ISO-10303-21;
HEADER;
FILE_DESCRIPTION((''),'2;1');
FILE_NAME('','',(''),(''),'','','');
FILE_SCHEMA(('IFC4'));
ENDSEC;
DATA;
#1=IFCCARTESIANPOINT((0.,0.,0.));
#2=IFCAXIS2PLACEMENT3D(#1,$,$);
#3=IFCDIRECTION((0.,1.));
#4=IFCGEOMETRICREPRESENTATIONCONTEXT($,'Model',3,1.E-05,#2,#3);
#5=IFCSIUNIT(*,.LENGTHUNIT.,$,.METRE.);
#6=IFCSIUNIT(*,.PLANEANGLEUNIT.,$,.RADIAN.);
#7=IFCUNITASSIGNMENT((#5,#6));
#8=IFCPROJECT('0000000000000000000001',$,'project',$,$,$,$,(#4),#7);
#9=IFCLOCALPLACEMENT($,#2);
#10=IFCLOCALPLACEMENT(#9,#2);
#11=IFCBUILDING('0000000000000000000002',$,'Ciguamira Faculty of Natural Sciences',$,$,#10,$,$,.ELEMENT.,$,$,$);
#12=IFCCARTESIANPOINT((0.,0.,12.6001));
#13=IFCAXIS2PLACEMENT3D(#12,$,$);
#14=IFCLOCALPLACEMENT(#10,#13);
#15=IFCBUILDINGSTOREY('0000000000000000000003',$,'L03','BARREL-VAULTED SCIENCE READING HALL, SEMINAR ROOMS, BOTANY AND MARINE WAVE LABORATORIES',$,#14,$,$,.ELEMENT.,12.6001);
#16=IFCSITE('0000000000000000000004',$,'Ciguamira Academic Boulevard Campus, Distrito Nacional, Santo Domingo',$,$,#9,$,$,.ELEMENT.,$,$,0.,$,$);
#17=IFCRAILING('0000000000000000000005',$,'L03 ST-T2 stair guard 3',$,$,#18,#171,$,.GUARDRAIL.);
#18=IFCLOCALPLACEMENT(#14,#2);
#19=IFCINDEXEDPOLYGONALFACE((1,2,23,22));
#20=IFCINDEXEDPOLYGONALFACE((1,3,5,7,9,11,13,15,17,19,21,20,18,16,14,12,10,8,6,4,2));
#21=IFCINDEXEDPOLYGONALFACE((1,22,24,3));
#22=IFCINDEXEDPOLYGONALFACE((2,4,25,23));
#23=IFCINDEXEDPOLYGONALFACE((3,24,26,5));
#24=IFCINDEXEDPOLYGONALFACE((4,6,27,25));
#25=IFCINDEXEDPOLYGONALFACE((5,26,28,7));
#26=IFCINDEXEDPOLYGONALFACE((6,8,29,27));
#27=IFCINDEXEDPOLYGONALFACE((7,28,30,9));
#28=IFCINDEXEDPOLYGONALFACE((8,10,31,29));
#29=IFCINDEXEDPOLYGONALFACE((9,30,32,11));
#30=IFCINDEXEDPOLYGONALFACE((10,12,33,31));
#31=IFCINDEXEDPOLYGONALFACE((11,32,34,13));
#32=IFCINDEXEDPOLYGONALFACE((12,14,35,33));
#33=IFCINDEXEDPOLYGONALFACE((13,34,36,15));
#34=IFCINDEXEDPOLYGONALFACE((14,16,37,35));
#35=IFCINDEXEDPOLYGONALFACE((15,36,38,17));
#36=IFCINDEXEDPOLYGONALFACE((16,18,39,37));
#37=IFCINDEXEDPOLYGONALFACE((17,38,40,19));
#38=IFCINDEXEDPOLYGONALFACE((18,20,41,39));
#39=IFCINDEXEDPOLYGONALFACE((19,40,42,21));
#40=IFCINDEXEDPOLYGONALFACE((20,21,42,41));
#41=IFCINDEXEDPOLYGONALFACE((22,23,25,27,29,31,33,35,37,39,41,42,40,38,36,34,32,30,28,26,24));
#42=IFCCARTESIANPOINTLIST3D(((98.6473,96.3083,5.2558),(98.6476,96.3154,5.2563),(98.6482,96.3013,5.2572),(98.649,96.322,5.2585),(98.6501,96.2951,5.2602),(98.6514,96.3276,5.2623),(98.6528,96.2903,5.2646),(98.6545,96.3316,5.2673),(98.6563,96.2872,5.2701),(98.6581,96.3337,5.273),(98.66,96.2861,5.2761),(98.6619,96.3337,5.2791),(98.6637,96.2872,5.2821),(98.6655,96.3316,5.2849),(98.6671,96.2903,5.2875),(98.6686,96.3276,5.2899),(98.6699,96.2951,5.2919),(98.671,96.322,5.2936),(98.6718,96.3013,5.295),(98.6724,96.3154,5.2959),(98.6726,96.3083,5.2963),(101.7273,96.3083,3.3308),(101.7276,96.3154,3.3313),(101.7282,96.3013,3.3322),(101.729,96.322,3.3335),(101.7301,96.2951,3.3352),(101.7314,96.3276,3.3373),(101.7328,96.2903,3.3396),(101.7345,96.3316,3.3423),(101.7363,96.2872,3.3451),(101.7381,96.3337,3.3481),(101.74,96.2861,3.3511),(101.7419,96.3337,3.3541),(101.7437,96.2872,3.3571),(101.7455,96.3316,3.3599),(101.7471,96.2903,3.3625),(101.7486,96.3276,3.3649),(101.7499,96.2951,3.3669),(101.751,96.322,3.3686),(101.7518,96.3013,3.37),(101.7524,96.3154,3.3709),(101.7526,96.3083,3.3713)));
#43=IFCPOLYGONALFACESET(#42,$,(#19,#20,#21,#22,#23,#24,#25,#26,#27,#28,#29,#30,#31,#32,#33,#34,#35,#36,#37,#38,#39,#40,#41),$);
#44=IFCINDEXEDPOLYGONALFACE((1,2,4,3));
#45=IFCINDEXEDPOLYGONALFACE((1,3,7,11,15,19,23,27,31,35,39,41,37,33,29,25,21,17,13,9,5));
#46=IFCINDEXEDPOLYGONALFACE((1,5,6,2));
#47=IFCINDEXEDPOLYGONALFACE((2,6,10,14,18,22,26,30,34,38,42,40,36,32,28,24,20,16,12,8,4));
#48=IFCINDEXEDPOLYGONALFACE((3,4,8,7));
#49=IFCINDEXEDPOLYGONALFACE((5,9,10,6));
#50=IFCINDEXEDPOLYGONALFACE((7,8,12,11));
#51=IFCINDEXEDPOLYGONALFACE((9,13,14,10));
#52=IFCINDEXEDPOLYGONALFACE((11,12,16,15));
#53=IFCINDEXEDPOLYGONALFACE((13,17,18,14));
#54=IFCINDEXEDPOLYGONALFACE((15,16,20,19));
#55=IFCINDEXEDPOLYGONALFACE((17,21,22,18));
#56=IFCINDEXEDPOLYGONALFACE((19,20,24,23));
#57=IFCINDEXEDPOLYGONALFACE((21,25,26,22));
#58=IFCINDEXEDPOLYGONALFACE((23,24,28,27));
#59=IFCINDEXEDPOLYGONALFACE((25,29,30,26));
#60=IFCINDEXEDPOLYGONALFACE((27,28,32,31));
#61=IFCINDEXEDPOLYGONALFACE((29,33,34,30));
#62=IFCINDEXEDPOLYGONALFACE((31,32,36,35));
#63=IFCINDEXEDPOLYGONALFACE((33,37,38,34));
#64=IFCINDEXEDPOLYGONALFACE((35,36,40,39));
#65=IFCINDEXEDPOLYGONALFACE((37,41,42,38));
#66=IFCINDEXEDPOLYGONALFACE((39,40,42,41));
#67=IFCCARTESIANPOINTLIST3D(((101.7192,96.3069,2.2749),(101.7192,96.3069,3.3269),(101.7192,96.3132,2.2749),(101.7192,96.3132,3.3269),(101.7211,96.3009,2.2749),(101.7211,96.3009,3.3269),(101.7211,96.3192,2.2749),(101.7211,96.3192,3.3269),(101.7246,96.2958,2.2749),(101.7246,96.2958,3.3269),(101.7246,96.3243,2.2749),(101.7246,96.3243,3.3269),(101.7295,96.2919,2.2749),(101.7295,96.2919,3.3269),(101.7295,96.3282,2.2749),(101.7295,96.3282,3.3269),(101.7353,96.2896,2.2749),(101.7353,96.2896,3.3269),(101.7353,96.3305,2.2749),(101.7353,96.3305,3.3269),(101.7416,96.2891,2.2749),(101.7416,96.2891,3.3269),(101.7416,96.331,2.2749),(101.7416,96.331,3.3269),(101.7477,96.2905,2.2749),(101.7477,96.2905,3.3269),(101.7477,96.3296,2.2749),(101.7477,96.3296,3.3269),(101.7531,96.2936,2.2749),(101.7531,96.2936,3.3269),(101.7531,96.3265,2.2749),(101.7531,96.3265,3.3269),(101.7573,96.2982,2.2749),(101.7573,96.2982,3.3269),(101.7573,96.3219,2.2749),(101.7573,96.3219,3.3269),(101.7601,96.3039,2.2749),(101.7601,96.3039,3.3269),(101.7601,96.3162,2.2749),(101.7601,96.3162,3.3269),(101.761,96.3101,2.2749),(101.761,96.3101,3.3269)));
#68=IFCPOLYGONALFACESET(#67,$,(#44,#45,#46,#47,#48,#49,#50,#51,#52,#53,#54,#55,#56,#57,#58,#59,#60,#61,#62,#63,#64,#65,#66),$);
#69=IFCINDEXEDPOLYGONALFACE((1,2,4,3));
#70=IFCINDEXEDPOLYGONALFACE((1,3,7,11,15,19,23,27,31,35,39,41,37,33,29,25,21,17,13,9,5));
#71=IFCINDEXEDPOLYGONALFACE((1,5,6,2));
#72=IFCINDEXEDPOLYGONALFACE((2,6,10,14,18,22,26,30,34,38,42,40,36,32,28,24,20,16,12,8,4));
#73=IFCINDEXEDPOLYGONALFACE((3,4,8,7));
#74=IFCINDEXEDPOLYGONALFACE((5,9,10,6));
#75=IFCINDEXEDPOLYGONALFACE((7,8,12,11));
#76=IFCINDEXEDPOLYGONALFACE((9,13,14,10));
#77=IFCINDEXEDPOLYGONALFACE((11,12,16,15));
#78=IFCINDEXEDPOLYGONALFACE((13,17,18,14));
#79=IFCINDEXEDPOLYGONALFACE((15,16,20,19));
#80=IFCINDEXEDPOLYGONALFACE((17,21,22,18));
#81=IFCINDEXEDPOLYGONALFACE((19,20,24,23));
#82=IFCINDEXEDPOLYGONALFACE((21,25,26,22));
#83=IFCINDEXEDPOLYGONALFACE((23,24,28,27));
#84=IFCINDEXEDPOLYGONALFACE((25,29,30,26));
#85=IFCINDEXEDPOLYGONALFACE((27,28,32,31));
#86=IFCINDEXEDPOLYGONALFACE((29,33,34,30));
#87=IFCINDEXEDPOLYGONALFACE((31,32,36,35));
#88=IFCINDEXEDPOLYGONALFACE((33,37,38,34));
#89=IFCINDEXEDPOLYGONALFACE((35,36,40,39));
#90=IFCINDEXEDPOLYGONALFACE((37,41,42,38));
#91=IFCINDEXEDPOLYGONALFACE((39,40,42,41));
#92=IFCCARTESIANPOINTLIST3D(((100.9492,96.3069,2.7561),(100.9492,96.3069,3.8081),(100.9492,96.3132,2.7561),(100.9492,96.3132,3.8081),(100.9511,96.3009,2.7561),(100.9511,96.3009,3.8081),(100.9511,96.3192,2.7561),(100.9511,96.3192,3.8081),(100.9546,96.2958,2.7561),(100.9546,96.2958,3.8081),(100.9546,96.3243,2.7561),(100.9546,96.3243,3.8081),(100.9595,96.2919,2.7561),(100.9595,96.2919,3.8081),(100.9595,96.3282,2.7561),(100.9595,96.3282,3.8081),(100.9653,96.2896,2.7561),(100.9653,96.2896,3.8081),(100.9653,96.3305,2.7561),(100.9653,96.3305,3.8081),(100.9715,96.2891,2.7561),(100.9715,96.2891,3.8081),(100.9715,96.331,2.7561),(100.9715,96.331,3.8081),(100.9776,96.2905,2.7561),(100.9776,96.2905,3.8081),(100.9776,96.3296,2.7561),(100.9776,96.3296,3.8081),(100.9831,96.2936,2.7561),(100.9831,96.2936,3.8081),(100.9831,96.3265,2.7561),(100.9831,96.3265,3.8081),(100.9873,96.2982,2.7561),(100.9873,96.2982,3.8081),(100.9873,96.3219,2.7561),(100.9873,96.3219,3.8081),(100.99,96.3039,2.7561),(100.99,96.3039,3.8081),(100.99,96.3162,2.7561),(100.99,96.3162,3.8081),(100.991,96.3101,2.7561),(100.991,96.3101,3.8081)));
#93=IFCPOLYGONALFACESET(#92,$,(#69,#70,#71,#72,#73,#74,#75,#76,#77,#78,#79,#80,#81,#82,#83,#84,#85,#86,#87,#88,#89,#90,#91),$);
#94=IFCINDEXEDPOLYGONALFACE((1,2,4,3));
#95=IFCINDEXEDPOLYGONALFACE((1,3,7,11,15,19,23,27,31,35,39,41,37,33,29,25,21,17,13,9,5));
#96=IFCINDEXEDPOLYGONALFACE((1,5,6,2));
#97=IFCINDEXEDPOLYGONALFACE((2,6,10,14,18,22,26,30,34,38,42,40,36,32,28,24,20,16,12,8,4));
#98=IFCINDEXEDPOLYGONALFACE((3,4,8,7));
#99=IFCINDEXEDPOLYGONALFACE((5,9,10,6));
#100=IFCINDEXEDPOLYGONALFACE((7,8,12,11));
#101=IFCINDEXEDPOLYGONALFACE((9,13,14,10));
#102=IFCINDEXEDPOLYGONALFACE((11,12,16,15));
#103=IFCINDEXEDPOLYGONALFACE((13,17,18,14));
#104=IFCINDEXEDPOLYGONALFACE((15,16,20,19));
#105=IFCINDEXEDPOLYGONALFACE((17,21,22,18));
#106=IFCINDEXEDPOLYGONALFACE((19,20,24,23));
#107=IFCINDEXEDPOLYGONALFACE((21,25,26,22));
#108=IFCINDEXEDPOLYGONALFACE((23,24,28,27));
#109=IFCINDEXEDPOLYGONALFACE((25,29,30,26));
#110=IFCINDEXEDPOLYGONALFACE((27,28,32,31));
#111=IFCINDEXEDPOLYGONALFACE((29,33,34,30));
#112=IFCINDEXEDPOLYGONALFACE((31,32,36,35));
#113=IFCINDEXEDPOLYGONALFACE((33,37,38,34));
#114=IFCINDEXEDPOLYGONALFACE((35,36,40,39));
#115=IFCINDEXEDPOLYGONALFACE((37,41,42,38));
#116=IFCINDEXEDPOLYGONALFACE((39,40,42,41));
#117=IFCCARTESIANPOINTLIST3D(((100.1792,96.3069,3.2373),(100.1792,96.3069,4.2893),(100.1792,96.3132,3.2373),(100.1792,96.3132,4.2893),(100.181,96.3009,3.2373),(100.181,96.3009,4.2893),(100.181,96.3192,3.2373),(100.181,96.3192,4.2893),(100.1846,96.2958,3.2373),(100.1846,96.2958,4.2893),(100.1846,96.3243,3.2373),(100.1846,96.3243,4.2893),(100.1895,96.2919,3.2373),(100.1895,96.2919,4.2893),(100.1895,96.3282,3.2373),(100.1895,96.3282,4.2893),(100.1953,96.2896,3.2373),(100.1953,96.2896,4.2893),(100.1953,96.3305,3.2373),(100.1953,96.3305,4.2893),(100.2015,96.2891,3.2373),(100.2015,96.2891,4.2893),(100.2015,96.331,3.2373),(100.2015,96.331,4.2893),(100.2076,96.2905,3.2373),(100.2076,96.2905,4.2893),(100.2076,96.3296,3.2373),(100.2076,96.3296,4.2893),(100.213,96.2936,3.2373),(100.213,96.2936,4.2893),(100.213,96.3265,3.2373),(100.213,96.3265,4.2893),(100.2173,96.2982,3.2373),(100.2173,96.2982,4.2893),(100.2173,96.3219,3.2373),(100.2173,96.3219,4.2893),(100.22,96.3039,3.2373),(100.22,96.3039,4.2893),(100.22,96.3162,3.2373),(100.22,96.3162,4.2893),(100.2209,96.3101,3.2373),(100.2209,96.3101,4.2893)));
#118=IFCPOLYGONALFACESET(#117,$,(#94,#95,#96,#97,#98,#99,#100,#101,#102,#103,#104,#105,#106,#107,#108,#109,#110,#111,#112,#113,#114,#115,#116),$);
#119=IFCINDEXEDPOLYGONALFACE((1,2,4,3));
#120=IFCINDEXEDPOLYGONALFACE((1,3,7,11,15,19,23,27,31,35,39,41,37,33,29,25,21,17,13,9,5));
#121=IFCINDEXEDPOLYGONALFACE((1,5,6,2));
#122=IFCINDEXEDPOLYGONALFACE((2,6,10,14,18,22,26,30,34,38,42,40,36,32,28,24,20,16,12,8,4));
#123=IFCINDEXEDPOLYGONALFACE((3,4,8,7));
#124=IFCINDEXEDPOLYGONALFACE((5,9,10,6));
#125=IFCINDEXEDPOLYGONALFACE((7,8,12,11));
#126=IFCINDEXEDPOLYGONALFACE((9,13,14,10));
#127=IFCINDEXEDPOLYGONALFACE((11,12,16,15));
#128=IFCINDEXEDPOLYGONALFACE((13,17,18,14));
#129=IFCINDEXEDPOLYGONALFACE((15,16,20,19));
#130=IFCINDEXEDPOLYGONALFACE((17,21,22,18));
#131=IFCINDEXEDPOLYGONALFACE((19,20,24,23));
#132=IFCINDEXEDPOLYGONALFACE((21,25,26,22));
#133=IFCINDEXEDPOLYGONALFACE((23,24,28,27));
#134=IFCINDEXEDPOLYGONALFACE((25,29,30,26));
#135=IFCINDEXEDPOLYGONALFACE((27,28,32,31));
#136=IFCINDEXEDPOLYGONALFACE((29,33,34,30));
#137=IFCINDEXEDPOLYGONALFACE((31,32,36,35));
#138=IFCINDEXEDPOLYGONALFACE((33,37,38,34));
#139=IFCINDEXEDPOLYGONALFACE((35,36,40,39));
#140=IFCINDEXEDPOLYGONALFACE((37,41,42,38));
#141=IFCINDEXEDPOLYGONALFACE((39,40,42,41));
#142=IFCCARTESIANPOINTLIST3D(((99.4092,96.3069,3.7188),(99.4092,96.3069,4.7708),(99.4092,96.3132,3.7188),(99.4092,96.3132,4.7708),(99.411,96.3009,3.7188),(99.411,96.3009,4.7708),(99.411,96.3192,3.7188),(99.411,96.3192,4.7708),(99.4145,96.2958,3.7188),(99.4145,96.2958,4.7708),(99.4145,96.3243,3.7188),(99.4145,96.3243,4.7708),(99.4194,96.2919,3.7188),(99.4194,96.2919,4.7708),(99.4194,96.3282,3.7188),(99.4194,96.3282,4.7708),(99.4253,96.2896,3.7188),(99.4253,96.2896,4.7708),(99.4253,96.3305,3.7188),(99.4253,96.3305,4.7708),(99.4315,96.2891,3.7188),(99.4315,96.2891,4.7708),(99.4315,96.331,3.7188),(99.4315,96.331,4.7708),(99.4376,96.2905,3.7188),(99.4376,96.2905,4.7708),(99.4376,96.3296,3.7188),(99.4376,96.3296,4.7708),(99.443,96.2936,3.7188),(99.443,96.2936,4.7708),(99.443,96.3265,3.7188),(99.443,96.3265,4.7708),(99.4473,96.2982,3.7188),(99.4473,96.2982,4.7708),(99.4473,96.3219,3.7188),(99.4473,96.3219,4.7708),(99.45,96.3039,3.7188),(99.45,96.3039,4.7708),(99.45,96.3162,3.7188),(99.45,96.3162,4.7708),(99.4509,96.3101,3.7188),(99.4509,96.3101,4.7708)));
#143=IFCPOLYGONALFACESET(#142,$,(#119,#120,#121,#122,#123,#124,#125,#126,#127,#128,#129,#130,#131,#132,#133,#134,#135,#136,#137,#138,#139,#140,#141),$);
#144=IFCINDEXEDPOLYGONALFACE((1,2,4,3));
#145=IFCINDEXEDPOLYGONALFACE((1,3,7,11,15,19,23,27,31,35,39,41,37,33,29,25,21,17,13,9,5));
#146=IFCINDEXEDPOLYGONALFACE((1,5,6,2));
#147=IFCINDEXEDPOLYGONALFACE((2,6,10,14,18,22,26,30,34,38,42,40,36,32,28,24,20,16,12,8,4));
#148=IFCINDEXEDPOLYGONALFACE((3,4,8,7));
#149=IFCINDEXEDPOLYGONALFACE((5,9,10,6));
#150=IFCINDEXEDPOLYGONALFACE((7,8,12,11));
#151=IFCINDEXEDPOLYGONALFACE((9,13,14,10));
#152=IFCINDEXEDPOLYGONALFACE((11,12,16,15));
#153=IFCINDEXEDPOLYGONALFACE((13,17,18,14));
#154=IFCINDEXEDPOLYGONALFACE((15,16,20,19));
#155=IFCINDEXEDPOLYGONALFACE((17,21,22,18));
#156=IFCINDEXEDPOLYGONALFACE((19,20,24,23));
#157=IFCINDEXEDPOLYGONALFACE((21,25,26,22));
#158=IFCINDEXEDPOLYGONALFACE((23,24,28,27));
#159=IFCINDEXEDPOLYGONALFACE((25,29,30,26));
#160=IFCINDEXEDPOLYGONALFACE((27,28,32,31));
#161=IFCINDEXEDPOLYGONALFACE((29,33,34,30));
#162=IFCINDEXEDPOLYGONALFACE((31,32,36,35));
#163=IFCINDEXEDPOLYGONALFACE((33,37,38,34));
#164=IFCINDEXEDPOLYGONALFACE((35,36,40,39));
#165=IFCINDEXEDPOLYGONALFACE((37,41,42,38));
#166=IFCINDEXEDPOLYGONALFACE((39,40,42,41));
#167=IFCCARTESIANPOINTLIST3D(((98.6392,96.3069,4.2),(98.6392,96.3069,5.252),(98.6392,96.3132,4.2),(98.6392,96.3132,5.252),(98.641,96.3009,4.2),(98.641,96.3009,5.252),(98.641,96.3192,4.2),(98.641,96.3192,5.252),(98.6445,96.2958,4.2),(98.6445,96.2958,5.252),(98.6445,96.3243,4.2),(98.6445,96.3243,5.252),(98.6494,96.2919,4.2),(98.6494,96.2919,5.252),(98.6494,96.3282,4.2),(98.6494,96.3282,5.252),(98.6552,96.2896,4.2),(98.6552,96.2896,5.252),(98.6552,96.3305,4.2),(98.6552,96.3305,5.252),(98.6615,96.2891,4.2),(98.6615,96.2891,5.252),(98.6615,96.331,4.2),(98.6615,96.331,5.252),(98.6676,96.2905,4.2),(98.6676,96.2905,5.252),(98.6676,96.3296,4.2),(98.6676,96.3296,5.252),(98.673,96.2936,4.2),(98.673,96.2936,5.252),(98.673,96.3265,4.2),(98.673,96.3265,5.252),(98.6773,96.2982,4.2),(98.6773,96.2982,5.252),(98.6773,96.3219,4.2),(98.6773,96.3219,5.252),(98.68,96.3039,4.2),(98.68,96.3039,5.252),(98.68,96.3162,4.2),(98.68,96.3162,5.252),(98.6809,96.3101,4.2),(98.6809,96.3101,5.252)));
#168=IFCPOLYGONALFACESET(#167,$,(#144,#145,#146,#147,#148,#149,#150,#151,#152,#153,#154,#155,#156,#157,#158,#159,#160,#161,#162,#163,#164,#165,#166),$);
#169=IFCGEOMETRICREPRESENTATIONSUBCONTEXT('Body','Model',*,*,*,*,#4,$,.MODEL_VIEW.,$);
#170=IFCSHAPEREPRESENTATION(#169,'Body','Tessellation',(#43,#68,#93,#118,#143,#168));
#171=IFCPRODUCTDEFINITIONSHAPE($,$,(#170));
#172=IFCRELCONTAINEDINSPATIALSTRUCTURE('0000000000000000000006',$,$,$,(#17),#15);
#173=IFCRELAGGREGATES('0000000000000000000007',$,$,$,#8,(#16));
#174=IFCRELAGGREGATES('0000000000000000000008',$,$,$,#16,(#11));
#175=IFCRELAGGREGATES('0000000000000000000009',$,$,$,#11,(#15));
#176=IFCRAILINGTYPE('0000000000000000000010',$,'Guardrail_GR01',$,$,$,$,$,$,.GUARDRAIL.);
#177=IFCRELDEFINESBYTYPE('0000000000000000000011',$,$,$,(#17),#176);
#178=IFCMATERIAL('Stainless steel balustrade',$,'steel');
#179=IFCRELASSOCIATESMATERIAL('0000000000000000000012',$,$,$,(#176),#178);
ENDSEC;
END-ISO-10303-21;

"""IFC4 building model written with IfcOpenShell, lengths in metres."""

from ifc_helpers import new_model, si_unit, direction, frame, origin, origin_2d, place, context, subcontext, project, spatial, circle, extrude, material, type_object, element, save


model = new_model("IFC4")

# Units and contexts
model_context = context("Model", 3, precision=1e-05, world=origin(), true_north=direction((0.0, 1.0)))
body_context = subcontext(model_context, "Body", "Model", "MODEL_VIEW")
ifc_project = project(units=[si_unit("LENGTHUNIT", "METRE"), si_unit("PLANEANGLEUNIT", "RADIAN")], contexts=[model_context])

# Site, building, storey
site_placement = place(None, origin())
site = spatial("IfcSite", under=ifc_project, at=site_placement, Name="Ciguamira Academic Boulevard Campus, Distrito Nacional, Santo Domingo", CompositionType="ELEMENT", RefElevation=0.0)
building_placement = place(site_placement, origin())
building = spatial("IfcBuilding", under=site, at=building_placement, Name="Ciguamira Faculty of Natural Sciences", CompositionType="ELEMENT")
storey_placement = place(building_placement, frame((0.0, 0.0, 12.6001)))
storey = spatial("IfcBuildingStorey", under=building, at=storey_placement, Name="L03", Description="BARREL-VAULTED SCIENCE READING HALL, SEMINAR ROOMS, BOTANY AND MARINE WAVE LABORATORIES", CompositionType="ELEMENT", Elevation=12.6001)

# Railing
ifc_material_1 = material(Name="Stainless steel balustrade", Category="steel")
railing_type_1 = type_object("IfcRailingType", Name="Guardrail_GR01", PredefinedType="GUARDRAIL", material=ifc_material_1)
railing_1_placement = place(storey_placement, frame((101.74, 96.3101, 2.2749)))
element("IfcRailing", 1, at=railing_1_placement, inside=storey, type_object=railing_type_1, Name="L03 ST-T2 stair guard 3", PredefinedType="GUARDRAIL", context=body_context, shape_type="SweptSolid", body=[
    extrude(circle(Radius=0.0239, at=origin_2d()), frame((0.0, 0.0, 1.0762), z_axis=(-0.847998, 0.0, 0.529999), x_axis=(0.0, -1.0, 0.0)), (0.0, 0.0, 1.0), 3.6321),
    extrude(circle(Radius=0.021, at=origin_2d()), origin(), (0.0, 0.0, 1.0), 1.052),
    extrude(circle(Radius=0.021, at=origin_2d()), frame((-0.77, 0.0, 0.4812)), (0.0, 0.0, 1.0), 1.052),
    extrude(circle(Radius=0.021, at=origin_2d()), frame((-1.54, 0.0, 0.9624)), (0.0, 0.0, 1.0), 1.052),
    extrude(circle(Radius=0.021, at=origin_2d()), frame((-2.3101, 0.0, 1.4438)), (0.0, 0.0, 1.0), 1.052),
    extrude(circle(Radius=0.021, at=origin_2d()), frame((-3.0801, 0.0, 1.925)), (0.0, 0.0, 1.0), 1.052),
])

save(model, "model.ifc")
